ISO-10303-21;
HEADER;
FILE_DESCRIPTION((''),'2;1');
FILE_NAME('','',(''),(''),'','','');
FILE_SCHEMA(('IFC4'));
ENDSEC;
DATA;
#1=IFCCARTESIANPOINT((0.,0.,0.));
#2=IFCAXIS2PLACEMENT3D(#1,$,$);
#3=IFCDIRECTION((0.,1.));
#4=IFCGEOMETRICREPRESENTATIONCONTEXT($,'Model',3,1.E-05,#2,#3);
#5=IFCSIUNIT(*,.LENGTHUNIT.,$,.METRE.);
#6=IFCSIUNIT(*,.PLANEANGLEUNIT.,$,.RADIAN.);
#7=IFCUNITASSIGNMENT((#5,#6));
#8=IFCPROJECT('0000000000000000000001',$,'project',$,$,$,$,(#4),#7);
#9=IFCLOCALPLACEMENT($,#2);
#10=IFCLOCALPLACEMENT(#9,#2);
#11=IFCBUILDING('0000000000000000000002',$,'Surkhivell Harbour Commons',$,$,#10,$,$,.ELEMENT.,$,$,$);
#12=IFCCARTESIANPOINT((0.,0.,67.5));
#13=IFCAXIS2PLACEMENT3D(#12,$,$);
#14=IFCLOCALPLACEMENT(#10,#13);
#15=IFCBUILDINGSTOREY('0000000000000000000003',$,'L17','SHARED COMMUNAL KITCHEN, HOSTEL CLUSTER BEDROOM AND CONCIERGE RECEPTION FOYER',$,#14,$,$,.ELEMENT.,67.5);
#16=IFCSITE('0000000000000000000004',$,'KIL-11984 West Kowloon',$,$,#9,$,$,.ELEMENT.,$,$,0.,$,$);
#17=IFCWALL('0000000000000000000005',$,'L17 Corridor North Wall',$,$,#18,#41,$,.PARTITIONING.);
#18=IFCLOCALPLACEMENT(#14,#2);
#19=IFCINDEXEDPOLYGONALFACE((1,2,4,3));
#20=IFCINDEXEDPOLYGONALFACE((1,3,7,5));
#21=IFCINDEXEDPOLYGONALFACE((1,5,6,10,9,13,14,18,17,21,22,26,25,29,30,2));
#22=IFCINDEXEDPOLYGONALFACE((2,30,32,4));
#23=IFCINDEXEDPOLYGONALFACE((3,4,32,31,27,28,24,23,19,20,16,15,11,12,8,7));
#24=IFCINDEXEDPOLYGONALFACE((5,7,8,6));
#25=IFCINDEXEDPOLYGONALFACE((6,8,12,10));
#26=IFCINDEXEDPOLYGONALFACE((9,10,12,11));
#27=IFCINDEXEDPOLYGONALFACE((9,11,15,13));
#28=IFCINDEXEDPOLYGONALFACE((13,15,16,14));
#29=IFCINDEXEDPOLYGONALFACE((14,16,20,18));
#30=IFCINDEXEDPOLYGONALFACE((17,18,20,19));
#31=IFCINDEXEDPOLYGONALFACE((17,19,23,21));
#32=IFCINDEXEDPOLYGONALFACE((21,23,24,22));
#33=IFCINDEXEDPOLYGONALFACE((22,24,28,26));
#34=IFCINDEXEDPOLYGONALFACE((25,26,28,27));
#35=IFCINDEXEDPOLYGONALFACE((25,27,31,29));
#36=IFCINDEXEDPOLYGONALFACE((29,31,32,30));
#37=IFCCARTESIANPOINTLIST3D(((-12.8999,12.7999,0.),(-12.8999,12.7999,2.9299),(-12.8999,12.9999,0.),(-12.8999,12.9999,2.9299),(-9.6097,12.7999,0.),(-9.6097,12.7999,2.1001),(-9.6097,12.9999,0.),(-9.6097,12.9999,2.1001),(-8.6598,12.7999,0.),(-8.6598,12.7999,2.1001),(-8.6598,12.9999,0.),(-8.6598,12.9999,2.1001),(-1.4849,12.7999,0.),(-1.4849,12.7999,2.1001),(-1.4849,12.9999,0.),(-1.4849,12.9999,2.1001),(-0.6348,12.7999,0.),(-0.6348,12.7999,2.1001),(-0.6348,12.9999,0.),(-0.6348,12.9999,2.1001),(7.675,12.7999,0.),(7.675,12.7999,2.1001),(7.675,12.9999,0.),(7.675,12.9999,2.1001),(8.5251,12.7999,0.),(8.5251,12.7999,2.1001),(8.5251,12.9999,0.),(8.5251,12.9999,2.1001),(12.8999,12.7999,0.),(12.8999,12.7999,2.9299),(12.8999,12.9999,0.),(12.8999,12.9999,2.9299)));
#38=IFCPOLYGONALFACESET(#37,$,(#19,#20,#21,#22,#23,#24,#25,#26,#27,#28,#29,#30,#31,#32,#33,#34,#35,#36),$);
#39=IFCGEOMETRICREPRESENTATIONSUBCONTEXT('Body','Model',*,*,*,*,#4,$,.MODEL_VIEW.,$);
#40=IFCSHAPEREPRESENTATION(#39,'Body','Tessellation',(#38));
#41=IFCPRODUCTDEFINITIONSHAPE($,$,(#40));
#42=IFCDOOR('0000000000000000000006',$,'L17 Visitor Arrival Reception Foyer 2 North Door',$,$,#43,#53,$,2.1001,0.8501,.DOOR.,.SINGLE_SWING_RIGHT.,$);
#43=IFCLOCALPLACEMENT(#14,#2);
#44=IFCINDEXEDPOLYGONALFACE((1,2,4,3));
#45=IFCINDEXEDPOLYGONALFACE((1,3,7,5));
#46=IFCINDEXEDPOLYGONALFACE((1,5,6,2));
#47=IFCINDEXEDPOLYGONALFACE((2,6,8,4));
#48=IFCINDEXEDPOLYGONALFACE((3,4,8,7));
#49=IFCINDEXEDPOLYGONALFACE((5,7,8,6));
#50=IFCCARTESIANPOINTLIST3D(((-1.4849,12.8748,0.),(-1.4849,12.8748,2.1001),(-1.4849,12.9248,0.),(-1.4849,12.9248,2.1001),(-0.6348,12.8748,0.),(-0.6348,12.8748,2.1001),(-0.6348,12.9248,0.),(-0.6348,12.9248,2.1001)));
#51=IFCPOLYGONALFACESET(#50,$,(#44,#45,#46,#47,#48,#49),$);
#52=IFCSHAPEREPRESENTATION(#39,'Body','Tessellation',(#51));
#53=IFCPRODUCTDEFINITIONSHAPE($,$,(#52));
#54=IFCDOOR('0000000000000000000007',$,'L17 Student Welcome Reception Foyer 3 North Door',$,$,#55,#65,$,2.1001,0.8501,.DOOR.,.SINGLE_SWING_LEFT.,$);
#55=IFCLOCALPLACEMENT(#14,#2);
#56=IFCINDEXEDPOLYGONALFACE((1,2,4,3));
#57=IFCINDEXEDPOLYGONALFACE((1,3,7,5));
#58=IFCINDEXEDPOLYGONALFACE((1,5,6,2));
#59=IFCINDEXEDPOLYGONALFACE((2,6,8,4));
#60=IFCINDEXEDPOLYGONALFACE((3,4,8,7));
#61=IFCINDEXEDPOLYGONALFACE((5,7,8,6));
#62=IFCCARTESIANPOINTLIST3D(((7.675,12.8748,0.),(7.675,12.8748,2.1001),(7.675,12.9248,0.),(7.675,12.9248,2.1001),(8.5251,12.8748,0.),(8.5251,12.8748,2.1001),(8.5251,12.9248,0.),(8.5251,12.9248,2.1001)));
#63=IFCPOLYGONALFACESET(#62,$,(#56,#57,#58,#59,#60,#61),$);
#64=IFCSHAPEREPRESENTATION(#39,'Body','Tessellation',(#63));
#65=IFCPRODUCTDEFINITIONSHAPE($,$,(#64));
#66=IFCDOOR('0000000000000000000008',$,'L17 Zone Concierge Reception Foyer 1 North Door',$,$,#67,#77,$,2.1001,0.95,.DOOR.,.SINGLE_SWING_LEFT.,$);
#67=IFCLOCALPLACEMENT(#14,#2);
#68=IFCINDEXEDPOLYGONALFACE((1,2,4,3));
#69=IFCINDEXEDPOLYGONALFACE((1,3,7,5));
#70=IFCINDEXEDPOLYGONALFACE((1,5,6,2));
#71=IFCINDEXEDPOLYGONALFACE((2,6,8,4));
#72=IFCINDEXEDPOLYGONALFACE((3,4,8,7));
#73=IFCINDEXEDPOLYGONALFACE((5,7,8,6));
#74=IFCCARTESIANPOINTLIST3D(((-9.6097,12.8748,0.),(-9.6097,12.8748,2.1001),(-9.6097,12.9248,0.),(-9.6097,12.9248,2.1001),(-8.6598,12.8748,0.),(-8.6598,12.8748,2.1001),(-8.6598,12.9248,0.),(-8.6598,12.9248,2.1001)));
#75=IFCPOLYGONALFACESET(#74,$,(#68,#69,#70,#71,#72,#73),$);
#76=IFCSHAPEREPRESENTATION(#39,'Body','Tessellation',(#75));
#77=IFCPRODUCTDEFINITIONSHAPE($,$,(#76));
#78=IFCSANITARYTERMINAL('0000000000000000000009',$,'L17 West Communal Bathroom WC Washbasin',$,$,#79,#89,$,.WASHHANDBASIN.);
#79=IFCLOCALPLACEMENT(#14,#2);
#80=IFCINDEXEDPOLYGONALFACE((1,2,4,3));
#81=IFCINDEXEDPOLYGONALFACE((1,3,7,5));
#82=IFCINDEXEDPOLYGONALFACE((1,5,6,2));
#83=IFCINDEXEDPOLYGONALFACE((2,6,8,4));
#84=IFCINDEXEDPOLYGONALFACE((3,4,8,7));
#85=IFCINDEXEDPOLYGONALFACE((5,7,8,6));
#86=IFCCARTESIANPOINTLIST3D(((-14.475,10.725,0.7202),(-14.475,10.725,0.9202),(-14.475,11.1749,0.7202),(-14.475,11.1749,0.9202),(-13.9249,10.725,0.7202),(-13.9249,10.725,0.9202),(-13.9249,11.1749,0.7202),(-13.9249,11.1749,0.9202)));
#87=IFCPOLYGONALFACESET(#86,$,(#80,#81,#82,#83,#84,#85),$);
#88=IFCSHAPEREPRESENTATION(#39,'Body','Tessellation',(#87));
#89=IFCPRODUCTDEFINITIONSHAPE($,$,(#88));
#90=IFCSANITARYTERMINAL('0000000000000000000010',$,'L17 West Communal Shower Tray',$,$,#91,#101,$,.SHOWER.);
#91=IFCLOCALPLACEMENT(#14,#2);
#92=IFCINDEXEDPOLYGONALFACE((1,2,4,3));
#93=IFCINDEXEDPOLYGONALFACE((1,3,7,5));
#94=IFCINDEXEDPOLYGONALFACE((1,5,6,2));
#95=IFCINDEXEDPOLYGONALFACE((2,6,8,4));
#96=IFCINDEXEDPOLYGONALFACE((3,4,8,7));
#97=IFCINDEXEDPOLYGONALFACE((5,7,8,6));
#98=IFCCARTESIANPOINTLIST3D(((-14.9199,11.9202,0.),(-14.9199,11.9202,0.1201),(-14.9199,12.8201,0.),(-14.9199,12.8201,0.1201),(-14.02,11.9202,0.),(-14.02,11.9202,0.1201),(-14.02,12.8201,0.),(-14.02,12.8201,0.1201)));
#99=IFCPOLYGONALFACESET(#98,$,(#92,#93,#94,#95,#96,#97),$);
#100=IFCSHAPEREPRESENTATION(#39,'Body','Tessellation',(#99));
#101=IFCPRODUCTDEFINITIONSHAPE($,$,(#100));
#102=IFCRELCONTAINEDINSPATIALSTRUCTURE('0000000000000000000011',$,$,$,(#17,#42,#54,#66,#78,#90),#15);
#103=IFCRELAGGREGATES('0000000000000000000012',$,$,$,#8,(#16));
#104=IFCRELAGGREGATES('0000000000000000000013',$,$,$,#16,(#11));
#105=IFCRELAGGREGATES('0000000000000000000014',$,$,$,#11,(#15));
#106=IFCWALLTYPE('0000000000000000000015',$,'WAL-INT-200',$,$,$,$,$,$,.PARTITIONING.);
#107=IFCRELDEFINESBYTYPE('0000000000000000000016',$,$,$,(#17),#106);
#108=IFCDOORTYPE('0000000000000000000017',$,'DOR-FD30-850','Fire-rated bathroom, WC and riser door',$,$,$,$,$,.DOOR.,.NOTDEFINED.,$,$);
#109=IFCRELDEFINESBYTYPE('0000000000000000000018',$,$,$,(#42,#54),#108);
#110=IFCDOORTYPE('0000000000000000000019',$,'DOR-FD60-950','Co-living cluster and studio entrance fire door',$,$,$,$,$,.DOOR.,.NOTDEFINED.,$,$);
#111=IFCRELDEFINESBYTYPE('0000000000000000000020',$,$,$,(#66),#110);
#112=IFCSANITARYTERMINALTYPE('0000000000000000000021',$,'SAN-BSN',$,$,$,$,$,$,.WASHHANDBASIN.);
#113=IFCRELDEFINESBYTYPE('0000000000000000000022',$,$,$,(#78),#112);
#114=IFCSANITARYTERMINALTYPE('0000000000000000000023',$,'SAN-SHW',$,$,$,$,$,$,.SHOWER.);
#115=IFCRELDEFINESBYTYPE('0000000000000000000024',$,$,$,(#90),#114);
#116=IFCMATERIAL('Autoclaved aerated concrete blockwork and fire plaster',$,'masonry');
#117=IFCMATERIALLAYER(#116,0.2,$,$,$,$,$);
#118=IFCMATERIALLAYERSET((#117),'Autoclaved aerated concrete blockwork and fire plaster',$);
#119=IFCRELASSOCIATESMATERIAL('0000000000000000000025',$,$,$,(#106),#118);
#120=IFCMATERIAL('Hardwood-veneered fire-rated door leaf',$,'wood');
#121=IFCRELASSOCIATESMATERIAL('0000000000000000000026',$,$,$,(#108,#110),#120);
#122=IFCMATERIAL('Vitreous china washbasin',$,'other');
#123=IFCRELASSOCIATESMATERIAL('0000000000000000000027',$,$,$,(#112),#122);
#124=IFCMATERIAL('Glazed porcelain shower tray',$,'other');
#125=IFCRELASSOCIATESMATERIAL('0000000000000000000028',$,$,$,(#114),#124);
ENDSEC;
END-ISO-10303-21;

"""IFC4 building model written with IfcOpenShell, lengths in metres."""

from ifc_helpers import new_model, si_unit, direction, frame, frame_2d, origin, origin_2d, place, context, subcontext, project, spatial, rectangle, extrude, material, layer, layer_set, type_object, element, fill, save


model = new_model("IFC4")

# Units and contexts
model_context = context("Model", 3, precision=1e-05, world=origin(), true_north=direction((0.0, 1.0)))
body_context = subcontext(model_context, "Body", "Model", "MODEL_VIEW")
ifc_project = project(units=[si_unit("LENGTHUNIT", "METRE"), si_unit("PLANEANGLEUNIT", "RADIAN")], contexts=[model_context])

# Site, building, storey
site_placement = place(None, origin())
site = spatial("IfcSite", under=ifc_project, at=site_placement, Name="KIL-11984 West Kowloon", CompositionType="ELEMENT", RefElevation=0.0)
building_placement = place(site_placement, origin())
building = spatial("IfcBuilding", under=site, at=building_placement, Name="Surkhivell Harbour Commons", CompositionType="ELEMENT")
storey_placement = place(building_placement, frame((0.0, 0.0, 67.5)))
storey = spatial("IfcBuildingStorey", under=building, at=storey_placement, Name="L17", Description="SHARED COMMUNAL KITCHEN, HOSTEL CLUSTER BEDROOM AND CONCIERGE RECEPTION FOYER", CompositionType="ELEMENT", Elevation=67.5)

# Shared definitions
ifc_material_1 = material(Name="Autoclaved aerated concrete blockwork and fire plaster", Category="masonry")
ifc_layer_1 = layer(ifc_material_1, 0.2)
ifc_layer_set_1 = layer_set([ifc_layer_1], Name="Autoclaved aerated concrete blockwork and fire plaster")
wall_type_1 = type_object("IfcWallType", Name="WAL-INT-200", PredefinedType="PARTITIONING", material=ifc_layer_set_1)

# Wall, openings, doors
wall_1_placement = place(storey_placement, frame((-12.8999, 12.8999, 0.0), z_axis=(0.0, 0.0, 1.0), x_axis=(1.0, 0.0, 0.0)))
wall_1 = element("IfcWall", 1, at=wall_1_placement, inside=storey, type_object=wall_type_1, Name="L17 Corridor North Wall", PredefinedType="PARTITIONING", context=body_context, shape_type="SweptSolid", body=[
    extrude(rectangle(XDim=25.7998, YDim=0.2, at=frame_2d((12.8999, 0.0))), origin(), (0.0, 0.0, 1.0), 2.9299),
])
opening_1_placement = place(wall_1_placement, frame((3.29, 0.0, 0.0)))
opening_1 = element("IfcOpeningElement", 2, at=opening_1_placement, cuts=wall_1, PredefinedType="OPENING", context=body_context, shape_type="SweptSolid", body=[
    extrude(rectangle(XDim=0.95, YDim=2.1001, at=frame_2d((0.4751, 1.05))), frame((0.0, 0.1099, 0.0), z_axis=(0.0, -1.0, 0.0), x_axis=(1.0, 0.0, 0.0)), (0.0, 0.0, 1.0), 0.22),
])
opening_2_placement = place(wall_1_placement, frame((11.415, 0.0, 0.0)))
opening_2 = element("IfcOpeningElement", 3, at=opening_2_placement, cuts=wall_1, PredefinedType="OPENING", context=body_context, shape_type="SweptSolid", body=[
    extrude(rectangle(XDim=0.8501, YDim=2.1001, at=frame_2d((0.425, 1.05))), frame((0.0, 0.1099, 0.0), z_axis=(0.0, -1.0, 0.0), x_axis=(1.0, 0.0, 0.0)), (0.0, 0.0, 1.0), 0.22),
])
opening_3_placement = place(wall_1_placement, frame((20.575, 0.0, 0.0)))
opening_3 = element("IfcOpeningElement", 4, at=opening_3_placement, cuts=wall_1, PredefinedType="OPENING", context=body_context, shape_type="SweptSolid", body=[
    extrude(rectangle(XDim=0.8501, YDim=2.1001, at=frame_2d((0.425, 1.05))), frame((0.0, 0.1099, 0.0), z_axis=(0.0, -1.0, 0.0), x_axis=(1.0, 0.0, 0.0)), (0.0, 0.0, 1.0), 0.22),
])
ifc_material_2 = material(Name="Hardwood-veneered fire-rated door leaf", Category="wood")
door_type_1 = type_object("IfcDoorType", Name="DOR-FD30-850", Description="Fire-rated bathroom, WC and riser door", OperationType="NOTDEFINED", PredefinedType="DOOR", material=ifc_material_2)
door_1_placement = place(opening_2_placement, origin())
door_1 = element("IfcDoor", 5, at=door_1_placement, inside=storey, type_object=door_type_1, Name="L17 Visitor Arrival Reception Foyer 2 North Door", OperationType="SINGLE_SWING_RIGHT", OverallHeight=2.1001, OverallWidth=0.8501, PredefinedType="DOOR", context=body_context, shape_type="SweptSolid", body=[
    extrude(rectangle(XDim=0.8501, YDim=2.1001, at=frame_2d((0.425, 1.05))), frame((0.0, 0.0249, 0.0), z_axis=(0.0, -1.0, 0.0), x_axis=(1.0, 0.0, 0.0)), (0.0, 0.0, 1.0), 0.05),
])
fill(opening_2, door_1)
door_2_placement = place(opening_3_placement, origin())
door_2 = element("IfcDoor", 6, at=door_2_placement, inside=storey, type_object=door_type_1, Name="L17 Student Welcome Reception Foyer 3 North Door", OperationType="SINGLE_SWING_LEFT", OverallHeight=2.1001, OverallWidth=0.8501, PredefinedType="DOOR", context=body_context, shape_type="SweptSolid", body=[
    extrude(rectangle(XDim=0.8501, YDim=2.1001, at=frame_2d((0.425, 1.05))), frame((0.0, 0.0249, 0.0), z_axis=(0.0, -1.0, 0.0), x_axis=(1.0, 0.0, 0.0)), (0.0, 0.0, 1.0), 0.05),
])
fill(opening_3, door_2)
door_type_2 = type_object("IfcDoorType", Name="DOR-FD60-950", Description="Co-living cluster and studio entrance fire door", OperationType="NOTDEFINED", PredefinedType="DOOR", material=ifc_material_2)
door_3_placement = place(opening_1_placement, origin())
door_3 = element("IfcDoor", 7, at=door_3_placement, inside=storey, type_object=door_type_2, Name="L17 Zone Concierge Reception Foyer 1 North Door", OperationType="SINGLE_SWING_LEFT", OverallHeight=2.1001, OverallWidth=0.95, PredefinedType="DOOR", context=body_context, shape_type="SweptSolid", body=[
    extrude(rectangle(XDim=0.95, YDim=2.1001, at=frame_2d((0.4751, 1.05))), frame((0.0, 0.0249, 0.0), z_axis=(0.0, -1.0, 0.0), x_axis=(1.0, 0.0, 0.0)), (0.0, 0.0, 1.0), 0.05),
])
fill(opening_1, door_3)

# Sanitary terminals
ifc_material_3 = material(Name="Vitreous china washbasin", Category="other")
sanitary_terminal_type_1 = type_object("IfcSanitaryTerminalType", Name="SAN-BSN", PredefinedType="WASHHANDBASIN", material=ifc_material_3)
sanitary_terminal_1_placement = place(storey_placement, frame((-14.2, 10.95, 0.7202), z_axis=(0.0, 0.0, 1.0), x_axis=(1.0, 0.0, 0.0)))
element("IfcSanitaryTerminal", 8, at=sanitary_terminal_1_placement, inside=storey, type_object=sanitary_terminal_type_1, Name="L17 West Communal Bathroom WC Washbasin", PredefinedType="WASHHANDBASIN", context=body_context, shape_type="SweptSolid", body=[
    extrude(rectangle(XDim=0.55, YDim=0.45, at=origin_2d()), origin(), (0.0, 0.0, 1.0), 0.2),
])
ifc_material_4 = material(Name="Glazed porcelain shower tray", Category="other")
sanitary_terminal_type_2 = type_object("IfcSanitaryTerminalType", Name="SAN-SHW", PredefinedType="SHOWER", material=ifc_material_4)
sanitary_terminal_2_placement = place(storey_placement, frame((-14.47, 12.3701, 0.0), z_axis=(0.0, 0.0, 1.0), x_axis=(1.0, 0.0, 0.0)))
element("IfcSanitaryTerminal", 9, at=sanitary_terminal_2_placement, inside=storey, type_object=sanitary_terminal_type_2, Name="L17 West Communal Shower Tray", PredefinedType="SHOWER", context=body_context, shape_type="SweptSolid", body=[
    extrude(rectangle(XDim=0.8999, YDim=0.8999, at=origin_2d()), origin(), (0.0, 0.0, 1.0), 0.1201),
])

save(model, "model.ifc")
